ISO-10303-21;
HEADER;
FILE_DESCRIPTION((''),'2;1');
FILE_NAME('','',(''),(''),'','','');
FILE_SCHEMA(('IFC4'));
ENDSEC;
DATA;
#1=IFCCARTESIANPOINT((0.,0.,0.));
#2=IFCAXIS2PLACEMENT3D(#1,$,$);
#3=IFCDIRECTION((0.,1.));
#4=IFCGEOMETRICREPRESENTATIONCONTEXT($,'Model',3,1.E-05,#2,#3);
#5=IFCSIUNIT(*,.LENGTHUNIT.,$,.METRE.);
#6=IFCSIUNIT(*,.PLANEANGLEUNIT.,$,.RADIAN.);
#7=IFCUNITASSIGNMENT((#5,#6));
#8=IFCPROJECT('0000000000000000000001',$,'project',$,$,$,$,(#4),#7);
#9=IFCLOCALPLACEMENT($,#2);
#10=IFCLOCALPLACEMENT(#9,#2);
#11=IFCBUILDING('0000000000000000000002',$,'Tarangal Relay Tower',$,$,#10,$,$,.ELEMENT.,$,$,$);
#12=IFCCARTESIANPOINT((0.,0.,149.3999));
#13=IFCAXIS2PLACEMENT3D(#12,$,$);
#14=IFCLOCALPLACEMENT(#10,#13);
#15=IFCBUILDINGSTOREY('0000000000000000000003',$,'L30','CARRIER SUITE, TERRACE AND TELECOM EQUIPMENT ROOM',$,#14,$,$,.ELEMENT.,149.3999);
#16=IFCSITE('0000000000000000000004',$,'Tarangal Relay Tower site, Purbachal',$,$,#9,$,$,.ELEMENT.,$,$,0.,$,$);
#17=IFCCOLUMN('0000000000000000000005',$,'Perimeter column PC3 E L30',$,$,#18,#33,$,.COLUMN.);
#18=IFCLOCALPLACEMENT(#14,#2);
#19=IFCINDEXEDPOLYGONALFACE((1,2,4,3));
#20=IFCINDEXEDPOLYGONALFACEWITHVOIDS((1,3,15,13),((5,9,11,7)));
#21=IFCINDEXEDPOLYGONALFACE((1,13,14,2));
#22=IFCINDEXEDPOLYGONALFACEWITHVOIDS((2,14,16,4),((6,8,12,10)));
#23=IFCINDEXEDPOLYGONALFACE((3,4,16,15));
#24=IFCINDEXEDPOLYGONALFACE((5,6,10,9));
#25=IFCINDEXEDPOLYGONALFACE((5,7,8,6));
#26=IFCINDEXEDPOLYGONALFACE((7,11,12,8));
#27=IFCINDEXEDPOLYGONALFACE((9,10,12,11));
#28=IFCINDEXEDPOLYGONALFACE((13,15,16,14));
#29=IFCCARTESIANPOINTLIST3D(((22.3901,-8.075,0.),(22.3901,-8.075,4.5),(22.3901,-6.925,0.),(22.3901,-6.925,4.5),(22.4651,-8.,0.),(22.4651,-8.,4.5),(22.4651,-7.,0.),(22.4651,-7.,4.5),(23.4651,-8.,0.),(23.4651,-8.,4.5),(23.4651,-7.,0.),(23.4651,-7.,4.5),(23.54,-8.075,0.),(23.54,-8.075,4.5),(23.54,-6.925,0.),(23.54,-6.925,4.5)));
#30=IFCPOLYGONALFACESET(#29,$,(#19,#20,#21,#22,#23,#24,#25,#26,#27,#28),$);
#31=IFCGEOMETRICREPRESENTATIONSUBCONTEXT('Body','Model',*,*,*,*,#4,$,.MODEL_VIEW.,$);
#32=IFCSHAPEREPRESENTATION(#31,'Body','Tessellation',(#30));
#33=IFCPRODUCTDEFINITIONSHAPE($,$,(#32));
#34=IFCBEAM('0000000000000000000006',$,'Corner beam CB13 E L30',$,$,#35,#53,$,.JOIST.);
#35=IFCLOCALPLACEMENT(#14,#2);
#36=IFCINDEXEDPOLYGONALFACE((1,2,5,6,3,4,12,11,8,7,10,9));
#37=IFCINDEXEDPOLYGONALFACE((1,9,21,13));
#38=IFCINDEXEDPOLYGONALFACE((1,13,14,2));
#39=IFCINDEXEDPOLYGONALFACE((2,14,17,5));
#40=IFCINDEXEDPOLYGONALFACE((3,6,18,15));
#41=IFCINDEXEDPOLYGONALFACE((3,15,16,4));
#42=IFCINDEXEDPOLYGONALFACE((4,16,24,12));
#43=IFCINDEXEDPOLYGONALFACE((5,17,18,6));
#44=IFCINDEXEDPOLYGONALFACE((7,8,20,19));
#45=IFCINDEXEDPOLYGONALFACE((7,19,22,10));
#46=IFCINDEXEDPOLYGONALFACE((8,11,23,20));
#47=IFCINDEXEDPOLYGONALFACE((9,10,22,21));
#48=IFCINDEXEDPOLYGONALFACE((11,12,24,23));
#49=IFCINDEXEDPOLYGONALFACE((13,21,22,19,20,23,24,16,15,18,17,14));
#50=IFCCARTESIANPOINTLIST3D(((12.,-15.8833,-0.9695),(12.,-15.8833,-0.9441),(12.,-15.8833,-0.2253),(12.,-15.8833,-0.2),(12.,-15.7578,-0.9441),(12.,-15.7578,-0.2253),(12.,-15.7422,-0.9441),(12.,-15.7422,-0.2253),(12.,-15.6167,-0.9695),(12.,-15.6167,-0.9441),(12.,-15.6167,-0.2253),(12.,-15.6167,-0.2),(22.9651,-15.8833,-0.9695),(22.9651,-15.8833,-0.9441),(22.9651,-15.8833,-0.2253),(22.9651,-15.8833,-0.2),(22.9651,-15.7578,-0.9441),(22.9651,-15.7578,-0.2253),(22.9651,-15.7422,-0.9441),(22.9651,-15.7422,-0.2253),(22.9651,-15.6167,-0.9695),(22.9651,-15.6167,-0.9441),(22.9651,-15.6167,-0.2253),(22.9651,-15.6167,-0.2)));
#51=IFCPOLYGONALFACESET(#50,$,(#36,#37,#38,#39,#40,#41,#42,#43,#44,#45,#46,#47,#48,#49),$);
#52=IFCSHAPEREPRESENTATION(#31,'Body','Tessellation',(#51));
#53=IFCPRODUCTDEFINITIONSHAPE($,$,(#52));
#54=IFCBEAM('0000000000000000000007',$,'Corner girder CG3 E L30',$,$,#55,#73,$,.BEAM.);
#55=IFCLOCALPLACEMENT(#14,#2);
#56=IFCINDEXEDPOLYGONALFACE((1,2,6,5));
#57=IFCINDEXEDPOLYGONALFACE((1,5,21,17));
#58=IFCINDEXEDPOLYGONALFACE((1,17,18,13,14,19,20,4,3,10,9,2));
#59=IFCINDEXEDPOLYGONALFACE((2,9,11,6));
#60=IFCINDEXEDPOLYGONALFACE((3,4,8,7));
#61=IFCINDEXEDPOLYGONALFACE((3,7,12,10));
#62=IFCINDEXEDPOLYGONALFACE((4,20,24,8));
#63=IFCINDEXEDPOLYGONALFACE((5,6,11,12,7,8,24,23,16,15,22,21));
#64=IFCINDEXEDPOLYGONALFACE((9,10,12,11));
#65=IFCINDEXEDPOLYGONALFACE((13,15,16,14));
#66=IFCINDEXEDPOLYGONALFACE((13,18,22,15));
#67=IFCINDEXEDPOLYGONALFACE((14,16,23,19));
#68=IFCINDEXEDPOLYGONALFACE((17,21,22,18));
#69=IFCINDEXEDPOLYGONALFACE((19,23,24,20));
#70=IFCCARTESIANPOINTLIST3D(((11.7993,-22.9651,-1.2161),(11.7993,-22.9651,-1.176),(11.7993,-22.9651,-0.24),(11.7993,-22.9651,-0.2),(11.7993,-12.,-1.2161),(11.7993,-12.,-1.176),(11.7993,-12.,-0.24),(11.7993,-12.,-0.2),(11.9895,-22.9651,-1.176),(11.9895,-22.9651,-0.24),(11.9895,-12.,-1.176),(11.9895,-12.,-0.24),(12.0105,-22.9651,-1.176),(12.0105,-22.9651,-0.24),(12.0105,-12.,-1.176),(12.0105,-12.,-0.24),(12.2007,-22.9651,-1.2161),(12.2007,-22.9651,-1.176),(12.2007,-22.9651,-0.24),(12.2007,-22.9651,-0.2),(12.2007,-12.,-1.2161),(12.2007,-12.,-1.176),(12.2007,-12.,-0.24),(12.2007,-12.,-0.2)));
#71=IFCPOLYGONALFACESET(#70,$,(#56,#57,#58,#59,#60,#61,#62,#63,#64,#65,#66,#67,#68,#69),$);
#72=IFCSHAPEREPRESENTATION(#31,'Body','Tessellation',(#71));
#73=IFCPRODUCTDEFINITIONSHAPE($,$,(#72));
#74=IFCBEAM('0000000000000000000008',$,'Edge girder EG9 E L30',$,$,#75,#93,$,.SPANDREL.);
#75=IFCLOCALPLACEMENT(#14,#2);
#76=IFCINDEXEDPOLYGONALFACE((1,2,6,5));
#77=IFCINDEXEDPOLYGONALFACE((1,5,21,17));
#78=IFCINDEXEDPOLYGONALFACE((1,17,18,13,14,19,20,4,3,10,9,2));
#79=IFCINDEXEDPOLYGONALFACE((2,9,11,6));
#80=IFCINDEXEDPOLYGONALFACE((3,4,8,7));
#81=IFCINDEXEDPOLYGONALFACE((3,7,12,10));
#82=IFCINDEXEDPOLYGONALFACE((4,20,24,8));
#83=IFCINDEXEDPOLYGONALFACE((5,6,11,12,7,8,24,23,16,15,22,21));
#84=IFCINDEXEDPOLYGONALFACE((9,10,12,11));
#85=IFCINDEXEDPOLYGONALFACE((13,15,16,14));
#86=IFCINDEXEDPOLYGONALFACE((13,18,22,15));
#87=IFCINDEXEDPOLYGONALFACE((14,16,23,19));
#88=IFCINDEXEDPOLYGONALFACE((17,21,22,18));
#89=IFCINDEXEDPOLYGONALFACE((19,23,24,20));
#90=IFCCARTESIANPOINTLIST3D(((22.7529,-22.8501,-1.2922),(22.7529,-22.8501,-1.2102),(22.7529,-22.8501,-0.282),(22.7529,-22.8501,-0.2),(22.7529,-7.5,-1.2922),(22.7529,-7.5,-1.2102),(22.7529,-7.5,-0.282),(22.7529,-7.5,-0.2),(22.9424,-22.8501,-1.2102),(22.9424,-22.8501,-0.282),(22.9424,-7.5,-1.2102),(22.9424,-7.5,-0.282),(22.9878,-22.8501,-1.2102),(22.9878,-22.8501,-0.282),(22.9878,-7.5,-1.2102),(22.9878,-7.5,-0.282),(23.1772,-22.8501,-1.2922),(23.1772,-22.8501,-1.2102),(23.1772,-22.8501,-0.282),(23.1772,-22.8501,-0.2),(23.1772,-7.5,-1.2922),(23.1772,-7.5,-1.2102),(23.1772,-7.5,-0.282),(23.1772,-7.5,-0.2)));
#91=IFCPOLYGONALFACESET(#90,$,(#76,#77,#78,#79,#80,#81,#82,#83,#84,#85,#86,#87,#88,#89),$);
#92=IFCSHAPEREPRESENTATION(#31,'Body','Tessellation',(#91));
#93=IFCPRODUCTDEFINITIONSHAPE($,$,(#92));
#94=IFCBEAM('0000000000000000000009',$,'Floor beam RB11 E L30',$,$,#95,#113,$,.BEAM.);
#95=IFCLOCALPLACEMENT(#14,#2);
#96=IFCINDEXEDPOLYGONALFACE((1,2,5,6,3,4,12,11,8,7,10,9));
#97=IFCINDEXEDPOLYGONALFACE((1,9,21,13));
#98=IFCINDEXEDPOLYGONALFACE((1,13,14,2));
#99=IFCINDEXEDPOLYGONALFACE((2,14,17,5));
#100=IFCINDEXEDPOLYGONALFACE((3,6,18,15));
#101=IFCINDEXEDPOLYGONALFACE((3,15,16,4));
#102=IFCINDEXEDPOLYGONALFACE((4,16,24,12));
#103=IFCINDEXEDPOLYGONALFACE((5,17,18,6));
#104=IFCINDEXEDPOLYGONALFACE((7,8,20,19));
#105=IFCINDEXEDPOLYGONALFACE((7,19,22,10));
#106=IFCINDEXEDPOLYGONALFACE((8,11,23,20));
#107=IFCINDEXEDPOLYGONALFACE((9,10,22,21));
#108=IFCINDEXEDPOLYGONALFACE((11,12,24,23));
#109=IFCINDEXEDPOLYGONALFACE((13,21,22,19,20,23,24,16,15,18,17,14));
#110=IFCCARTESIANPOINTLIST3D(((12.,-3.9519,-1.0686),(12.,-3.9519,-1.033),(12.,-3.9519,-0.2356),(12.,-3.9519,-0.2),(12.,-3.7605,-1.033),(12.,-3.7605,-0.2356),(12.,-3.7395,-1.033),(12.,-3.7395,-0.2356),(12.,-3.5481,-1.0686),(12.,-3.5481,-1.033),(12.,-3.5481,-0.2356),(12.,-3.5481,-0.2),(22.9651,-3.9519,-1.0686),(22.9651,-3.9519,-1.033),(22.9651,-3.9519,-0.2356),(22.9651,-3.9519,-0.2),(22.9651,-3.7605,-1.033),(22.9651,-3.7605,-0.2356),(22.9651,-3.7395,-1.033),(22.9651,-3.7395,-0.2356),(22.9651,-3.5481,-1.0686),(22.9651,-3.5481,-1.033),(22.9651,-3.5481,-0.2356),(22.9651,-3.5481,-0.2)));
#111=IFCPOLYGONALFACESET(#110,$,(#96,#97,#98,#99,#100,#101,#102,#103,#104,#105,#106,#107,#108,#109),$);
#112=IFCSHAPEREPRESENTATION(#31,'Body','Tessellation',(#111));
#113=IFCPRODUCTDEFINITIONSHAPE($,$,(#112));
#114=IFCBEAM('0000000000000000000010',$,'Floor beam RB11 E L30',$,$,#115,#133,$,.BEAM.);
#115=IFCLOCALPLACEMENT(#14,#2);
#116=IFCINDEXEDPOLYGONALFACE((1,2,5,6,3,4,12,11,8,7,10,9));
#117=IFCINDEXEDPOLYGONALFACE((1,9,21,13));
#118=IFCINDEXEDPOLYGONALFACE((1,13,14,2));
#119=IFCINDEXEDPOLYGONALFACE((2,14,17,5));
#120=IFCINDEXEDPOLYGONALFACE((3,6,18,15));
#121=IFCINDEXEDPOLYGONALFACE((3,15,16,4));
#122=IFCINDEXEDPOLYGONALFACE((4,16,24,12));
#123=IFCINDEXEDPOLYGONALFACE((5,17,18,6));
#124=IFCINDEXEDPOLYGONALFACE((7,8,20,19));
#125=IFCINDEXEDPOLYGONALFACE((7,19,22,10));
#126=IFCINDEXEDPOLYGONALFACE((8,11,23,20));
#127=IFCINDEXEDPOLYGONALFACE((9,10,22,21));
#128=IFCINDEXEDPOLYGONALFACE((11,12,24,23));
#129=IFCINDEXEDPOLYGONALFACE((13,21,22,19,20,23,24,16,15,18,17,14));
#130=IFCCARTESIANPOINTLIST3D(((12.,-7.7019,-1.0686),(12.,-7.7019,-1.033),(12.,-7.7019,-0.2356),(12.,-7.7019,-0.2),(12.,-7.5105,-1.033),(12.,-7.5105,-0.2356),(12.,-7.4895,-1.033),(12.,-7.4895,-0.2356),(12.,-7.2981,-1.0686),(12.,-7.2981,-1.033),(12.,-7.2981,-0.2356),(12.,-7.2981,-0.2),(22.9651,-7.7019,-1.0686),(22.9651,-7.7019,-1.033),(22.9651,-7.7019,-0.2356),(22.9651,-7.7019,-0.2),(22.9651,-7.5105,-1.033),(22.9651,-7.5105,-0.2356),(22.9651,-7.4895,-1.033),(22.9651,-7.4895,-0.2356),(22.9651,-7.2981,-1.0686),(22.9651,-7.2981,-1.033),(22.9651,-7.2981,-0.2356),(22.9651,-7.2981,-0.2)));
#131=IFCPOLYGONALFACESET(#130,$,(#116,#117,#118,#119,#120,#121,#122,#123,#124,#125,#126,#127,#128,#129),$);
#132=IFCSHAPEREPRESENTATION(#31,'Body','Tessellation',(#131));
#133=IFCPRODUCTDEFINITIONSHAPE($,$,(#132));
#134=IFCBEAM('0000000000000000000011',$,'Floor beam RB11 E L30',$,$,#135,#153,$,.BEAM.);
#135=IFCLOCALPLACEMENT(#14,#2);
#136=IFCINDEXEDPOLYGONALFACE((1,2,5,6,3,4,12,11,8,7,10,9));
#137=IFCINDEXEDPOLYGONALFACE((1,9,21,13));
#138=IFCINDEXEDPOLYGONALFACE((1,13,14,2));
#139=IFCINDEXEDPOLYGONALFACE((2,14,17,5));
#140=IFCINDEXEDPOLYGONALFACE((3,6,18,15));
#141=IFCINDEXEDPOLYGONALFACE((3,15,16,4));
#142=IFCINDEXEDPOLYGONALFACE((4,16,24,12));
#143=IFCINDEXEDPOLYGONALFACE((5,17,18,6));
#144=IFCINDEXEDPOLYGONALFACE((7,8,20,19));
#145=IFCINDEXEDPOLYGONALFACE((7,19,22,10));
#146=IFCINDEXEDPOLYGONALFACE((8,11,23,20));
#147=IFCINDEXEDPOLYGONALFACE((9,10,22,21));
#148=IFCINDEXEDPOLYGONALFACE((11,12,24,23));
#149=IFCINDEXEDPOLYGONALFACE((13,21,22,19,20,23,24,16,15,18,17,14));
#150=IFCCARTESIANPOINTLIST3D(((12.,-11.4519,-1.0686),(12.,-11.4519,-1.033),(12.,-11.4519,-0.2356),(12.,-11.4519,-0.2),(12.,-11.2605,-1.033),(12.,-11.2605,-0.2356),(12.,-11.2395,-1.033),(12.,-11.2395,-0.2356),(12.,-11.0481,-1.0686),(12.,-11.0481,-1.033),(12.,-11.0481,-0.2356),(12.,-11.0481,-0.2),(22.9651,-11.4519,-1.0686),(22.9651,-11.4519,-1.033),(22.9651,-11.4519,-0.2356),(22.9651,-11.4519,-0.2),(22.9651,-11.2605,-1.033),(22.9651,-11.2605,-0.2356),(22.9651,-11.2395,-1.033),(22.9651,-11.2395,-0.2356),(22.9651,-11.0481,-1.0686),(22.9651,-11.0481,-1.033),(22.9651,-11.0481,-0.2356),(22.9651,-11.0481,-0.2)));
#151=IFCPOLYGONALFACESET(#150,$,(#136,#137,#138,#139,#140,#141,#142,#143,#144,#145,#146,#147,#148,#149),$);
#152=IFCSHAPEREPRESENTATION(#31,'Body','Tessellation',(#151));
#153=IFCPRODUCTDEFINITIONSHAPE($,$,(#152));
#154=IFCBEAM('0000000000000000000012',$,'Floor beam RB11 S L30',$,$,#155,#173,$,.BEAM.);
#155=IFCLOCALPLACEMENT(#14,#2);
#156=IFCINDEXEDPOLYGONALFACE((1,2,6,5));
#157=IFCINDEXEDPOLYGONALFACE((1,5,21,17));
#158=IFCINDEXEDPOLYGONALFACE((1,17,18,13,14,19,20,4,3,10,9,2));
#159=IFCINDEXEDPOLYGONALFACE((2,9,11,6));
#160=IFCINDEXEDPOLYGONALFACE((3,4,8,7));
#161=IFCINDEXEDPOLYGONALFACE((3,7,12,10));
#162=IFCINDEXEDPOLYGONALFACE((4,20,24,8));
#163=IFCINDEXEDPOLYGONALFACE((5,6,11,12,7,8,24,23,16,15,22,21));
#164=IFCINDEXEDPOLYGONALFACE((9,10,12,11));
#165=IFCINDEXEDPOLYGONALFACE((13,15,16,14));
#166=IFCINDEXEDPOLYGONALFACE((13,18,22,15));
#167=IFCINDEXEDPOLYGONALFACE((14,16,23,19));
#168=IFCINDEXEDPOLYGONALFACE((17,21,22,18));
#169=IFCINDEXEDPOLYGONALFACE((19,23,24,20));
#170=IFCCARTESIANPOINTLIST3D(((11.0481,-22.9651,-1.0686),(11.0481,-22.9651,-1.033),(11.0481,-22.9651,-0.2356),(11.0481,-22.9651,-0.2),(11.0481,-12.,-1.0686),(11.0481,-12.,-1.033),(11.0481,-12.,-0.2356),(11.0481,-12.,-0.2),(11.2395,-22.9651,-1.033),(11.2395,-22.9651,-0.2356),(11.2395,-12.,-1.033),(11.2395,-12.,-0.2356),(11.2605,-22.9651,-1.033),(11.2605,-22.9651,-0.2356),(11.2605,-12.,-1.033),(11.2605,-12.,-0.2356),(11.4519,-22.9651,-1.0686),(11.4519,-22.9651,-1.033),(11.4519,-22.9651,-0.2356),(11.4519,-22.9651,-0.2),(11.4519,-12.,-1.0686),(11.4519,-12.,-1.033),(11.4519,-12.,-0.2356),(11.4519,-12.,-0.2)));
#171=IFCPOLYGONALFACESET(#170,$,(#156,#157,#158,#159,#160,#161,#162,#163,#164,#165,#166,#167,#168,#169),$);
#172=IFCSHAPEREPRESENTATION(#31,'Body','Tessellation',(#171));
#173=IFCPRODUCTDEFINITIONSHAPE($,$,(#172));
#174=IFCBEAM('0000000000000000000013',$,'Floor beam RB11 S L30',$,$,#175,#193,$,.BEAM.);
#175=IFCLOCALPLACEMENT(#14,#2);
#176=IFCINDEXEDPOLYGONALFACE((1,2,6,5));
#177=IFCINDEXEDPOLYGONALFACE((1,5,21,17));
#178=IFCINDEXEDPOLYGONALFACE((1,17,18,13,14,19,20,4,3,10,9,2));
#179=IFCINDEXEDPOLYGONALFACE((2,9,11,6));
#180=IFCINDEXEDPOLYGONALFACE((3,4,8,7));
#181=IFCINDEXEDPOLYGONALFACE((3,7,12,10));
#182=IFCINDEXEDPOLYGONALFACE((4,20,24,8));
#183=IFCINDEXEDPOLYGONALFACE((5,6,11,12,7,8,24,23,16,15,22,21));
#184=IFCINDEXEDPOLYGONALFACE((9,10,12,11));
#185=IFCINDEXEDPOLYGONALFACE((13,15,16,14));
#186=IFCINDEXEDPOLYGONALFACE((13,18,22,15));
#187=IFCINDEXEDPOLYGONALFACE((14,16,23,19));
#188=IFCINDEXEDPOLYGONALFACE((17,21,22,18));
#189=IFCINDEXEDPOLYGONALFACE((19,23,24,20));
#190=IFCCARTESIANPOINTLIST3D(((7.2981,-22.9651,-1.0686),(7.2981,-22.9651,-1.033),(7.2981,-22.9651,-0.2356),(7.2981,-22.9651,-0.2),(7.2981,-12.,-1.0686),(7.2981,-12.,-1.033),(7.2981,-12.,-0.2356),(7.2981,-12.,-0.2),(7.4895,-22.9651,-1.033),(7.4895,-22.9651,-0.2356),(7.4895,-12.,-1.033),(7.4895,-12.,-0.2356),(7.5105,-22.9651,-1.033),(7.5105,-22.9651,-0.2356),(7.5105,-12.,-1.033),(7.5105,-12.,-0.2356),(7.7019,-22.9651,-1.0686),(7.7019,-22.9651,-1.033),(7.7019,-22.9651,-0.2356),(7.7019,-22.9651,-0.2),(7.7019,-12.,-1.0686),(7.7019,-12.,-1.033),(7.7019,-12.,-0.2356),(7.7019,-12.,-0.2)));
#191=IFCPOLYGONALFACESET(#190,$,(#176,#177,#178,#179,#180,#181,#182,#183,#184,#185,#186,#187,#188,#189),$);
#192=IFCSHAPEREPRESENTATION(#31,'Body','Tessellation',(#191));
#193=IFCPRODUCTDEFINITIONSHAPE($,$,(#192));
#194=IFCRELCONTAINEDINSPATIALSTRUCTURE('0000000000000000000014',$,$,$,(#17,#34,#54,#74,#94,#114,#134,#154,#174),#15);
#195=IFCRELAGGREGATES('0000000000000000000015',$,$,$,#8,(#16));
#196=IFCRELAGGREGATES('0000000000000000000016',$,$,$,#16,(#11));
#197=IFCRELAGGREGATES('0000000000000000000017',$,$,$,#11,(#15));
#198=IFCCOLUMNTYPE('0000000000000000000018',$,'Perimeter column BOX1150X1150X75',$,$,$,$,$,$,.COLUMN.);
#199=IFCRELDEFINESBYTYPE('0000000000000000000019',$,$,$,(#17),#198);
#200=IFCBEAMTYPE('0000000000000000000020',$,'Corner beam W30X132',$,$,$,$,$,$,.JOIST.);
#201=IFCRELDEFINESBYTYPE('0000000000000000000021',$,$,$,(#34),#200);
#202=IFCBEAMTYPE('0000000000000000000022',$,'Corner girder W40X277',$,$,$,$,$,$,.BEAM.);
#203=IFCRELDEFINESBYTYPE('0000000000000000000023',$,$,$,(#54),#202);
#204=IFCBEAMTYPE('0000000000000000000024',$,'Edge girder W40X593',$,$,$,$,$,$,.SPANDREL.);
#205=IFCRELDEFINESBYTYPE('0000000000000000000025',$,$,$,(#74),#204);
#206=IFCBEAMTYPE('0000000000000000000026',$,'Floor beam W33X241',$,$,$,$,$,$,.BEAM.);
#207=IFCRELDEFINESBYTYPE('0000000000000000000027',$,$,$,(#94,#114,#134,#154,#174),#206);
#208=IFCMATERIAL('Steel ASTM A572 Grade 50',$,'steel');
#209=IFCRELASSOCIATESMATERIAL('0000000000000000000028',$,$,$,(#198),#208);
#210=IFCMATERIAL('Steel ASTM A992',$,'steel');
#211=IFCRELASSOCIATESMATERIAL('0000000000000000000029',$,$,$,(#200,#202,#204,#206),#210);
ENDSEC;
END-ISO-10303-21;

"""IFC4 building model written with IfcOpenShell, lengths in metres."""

from ifc_helpers import new_model, si_unit, direction, frame, origin, origin_2d, place, context, subcontext, project, spatial, hollow_rectangle, i_section, extrude, material, material_profile, profile_set, type_object, element, save


model = new_model("IFC4")

# Units and contexts
model_context = context("Model", 3, precision=1e-05, world=origin(), true_north=direction((0.0, 1.0)))
body_context = subcontext(model_context, "Body", "Model", "MODEL_VIEW")
ifc_project = project(units=[si_unit("LENGTHUNIT", "METRE"), si_unit("PLANEANGLEUNIT", "RADIAN")], contexts=[model_context])

# Site, building, storey
site_placement = place(None, origin())
site = spatial("IfcSite", under=ifc_project, at=site_placement, Name="Tarangal Relay Tower site, Purbachal", CompositionType="ELEMENT", RefElevation=0.0)
building_placement = place(site_placement, origin())
building = spatial("IfcBuilding", under=site, at=building_placement, Name="Tarangal Relay Tower", CompositionType="ELEMENT")
storey_placement = place(building_placement, frame((0.0, 0.0, 149.3999)))
storey = spatial("IfcBuildingStorey", under=building, at=storey_placement, Name="L30", Description="CARRIER SUITE, TERRACE AND TELECOM EQUIPMENT ROOM", CompositionType="ELEMENT", Elevation=149.3999)

# Column
ifc_material_1 = material(Name="Steel ASTM A572 Grade 50", Category="steel")
ifc_material_profile_1 = material_profile(ifc_material_1, hollow_rectangle(XDim=1.1499, YDim=1.1499, WallThickness=0.075, at=origin_2d()), Name="BOX1150X1150X75")
ifc_profile_set_1 = profile_set([ifc_material_profile_1], Name="Steel ASTM A572 Grade 50")
column_type = type_object("IfcColumnType", Name="Perimeter column BOX1150X1150X75", PredefinedType="COLUMN", material=ifc_profile_set_1)
column_placement = place(storey_placement, frame((22.9651, -7.5, 0.0), z_axis=(0.0, 0.0, 1.0), x_axis=(1.0, 0.0, 0.0)))
element("IfcColumn", 1, at=column_placement, inside=storey, type_object=column_type, Name="Perimeter column PC3 E L30", PredefinedType="COLUMN", context=body_context, shape_type="SweptSolid", body=[
    extrude(hollow_rectangle(XDim=1.1499, YDim=1.1499, WallThickness=0.075, at=origin_2d()), origin(), (0.0, 0.0, 1.0), 4.5),
])

# Beams
ifc_material_2 = material(Name="Steel ASTM A992", Category="steel")
ifc_material_profile_2 = material_profile(ifc_material_2, i_section(OverallWidth=0.2666, OverallDepth=0.7695, WebThickness=0.0156, FlangeThickness=0.0254, at=origin_2d()), Name="W30X132")
ifc_profile_set_2 = profile_set([ifc_material_profile_2], Name="Steel ASTM A992")
beam_type_1 = type_object("IfcBeamType", Name="Corner beam W30X132", PredefinedType="JOIST", material=ifc_profile_set_2)
beam_1_placement = place(storey_placement, frame((12.0, -15.75, -0.5847), z_axis=(1.0, 0.0, 0.0), x_axis=(0.0, 1.0, 0.0)))
element("IfcBeam", 2, at=beam_1_placement, inside=storey, type_object=beam_type_1, Name="Corner beam CB13 E L30", PredefinedType="JOIST", context=body_context, shape_type="SweptSolid", body=[
    extrude(i_section(OverallWidth=0.2666, OverallDepth=0.7695, WebThickness=0.0156, FlangeThickness=0.0254, at=origin_2d()), origin(), (0.0, 0.0, 1.0), 10.9651),
])
ifc_material_profile_3 = material_profile(ifc_material_2, i_section(OverallWidth=0.4014, OverallDepth=1.0161, WebThickness=0.021, FlangeThickness=0.04, at=origin_2d()), Name="W40X277")
ifc_profile_set_3 = profile_set([ifc_material_profile_3], Name="Steel ASTM A992")
beam_type_2 = type_object("IfcBeamType", Name="Corner girder W40X277", PredefinedType="BEAM", material=ifc_profile_set_3)
beam_2_placement = place(storey_placement, frame((12.0, -12.0, -0.708), z_axis=(0.0, -1.0, 0.0), x_axis=(1.0, 0.0, 0.0)))
element("IfcBeam", 3, at=beam_2_placement, inside=storey, type_object=beam_type_2, Name="Corner girder CG3 E L30", PredefinedType="BEAM", context=body_context, shape_type="SweptSolid", body=[
    extrude(i_section(OverallWidth=0.4014, OverallDepth=1.0161, WebThickness=0.021, FlangeThickness=0.04, at=origin_2d()), origin(), (0.0, 0.0, 1.0), 10.9651),
])
ifc_material_profile_4 = material_profile(ifc_material_2, i_section(OverallWidth=0.4243, OverallDepth=1.0923, WebThickness=0.0454, FlangeThickness=0.082, at=origin_2d()), Name="W40X593")
ifc_profile_set_4 = profile_set([ifc_material_profile_4], Name="Steel ASTM A992")
beam_type_3 = type_object("IfcBeamType", Name="Edge girder W40X593", PredefinedType="SPANDREL", material=ifc_profile_set_4)
beam_3_placement = place(storey_placement, frame((22.9651, -7.5, -0.7461), z_axis=(0.0, -1.0, 0.0), x_axis=(1.0, 0.0, 0.0)))
element("IfcBeam", 4, at=beam_3_placement, inside=storey, type_object=beam_type_3, Name="Edge girder EG9 E L30", PredefinedType="SPANDREL", context=body_context, shape_type="SweptSolid", body=[
    extrude(i_section(OverallWidth=0.4243, OverallDepth=1.0923, WebThickness=0.0454, FlangeThickness=0.082, at=origin_2d()), origin(), (0.0, 0.0, 1.0), 15.3501),
])
ifc_material_profile_5 = material_profile(ifc_material_2, i_section(OverallWidth=0.4038, OverallDepth=0.8687, WebThickness=0.021, FlangeThickness=0.0356, at=origin_2d()), Name="W33X241")
ifc_profile_set_5 = profile_set([ifc_material_profile_5], Name="Steel ASTM A992")
beam_type_4 = type_object("IfcBeamType", Name="Floor beam W33X241", PredefinedType="BEAM", material=ifc_profile_set_5)
for number, where, z_axis, x_axis, name in (
    (5, (12.0, -3.75, -0.6343), (1.0, 0.0, 0.0), (0.0, 1.0, 0.0), "Floor beam RB11 E L30"),
    (6, (12.0, -7.5, -0.6343), (1.0, 0.0, 0.0), (0.0, 1.0, 0.0), "Floor beam RB11 E L30"),
    (7, (12.0, -11.25, -0.6343), (1.0, 0.0, 0.0), (0.0, 1.0, 0.0), "Floor beam RB11 E L30"),
    (8, (11.25, -12.0, -0.6343), (0.0, -1.0, 0.0), (1.0, 0.0, 0.0), "Floor beam RB11 S L30"),
    (9, (7.5, -12.0, -0.6343), (0.0, -1.0, 0.0), (1.0, 0.0, 0.0), "Floor beam RB11 S L30"),
):
    element("IfcBeam", number, at=place(storey_placement, frame(where, z_axis=z_axis, x_axis=x_axis)), inside=storey, type_object=beam_type_4, Name=name, PredefinedType="BEAM", context=body_context, shape_type="SweptSolid", body=[
        extrude(i_section(OverallWidth=0.4038, OverallDepth=0.8687, WebThickness=0.021, FlangeThickness=0.0356, at=origin_2d()), origin(), (0.0, 0.0, 1.0), 10.9651),
    ])

save(model, "model.ifc")
